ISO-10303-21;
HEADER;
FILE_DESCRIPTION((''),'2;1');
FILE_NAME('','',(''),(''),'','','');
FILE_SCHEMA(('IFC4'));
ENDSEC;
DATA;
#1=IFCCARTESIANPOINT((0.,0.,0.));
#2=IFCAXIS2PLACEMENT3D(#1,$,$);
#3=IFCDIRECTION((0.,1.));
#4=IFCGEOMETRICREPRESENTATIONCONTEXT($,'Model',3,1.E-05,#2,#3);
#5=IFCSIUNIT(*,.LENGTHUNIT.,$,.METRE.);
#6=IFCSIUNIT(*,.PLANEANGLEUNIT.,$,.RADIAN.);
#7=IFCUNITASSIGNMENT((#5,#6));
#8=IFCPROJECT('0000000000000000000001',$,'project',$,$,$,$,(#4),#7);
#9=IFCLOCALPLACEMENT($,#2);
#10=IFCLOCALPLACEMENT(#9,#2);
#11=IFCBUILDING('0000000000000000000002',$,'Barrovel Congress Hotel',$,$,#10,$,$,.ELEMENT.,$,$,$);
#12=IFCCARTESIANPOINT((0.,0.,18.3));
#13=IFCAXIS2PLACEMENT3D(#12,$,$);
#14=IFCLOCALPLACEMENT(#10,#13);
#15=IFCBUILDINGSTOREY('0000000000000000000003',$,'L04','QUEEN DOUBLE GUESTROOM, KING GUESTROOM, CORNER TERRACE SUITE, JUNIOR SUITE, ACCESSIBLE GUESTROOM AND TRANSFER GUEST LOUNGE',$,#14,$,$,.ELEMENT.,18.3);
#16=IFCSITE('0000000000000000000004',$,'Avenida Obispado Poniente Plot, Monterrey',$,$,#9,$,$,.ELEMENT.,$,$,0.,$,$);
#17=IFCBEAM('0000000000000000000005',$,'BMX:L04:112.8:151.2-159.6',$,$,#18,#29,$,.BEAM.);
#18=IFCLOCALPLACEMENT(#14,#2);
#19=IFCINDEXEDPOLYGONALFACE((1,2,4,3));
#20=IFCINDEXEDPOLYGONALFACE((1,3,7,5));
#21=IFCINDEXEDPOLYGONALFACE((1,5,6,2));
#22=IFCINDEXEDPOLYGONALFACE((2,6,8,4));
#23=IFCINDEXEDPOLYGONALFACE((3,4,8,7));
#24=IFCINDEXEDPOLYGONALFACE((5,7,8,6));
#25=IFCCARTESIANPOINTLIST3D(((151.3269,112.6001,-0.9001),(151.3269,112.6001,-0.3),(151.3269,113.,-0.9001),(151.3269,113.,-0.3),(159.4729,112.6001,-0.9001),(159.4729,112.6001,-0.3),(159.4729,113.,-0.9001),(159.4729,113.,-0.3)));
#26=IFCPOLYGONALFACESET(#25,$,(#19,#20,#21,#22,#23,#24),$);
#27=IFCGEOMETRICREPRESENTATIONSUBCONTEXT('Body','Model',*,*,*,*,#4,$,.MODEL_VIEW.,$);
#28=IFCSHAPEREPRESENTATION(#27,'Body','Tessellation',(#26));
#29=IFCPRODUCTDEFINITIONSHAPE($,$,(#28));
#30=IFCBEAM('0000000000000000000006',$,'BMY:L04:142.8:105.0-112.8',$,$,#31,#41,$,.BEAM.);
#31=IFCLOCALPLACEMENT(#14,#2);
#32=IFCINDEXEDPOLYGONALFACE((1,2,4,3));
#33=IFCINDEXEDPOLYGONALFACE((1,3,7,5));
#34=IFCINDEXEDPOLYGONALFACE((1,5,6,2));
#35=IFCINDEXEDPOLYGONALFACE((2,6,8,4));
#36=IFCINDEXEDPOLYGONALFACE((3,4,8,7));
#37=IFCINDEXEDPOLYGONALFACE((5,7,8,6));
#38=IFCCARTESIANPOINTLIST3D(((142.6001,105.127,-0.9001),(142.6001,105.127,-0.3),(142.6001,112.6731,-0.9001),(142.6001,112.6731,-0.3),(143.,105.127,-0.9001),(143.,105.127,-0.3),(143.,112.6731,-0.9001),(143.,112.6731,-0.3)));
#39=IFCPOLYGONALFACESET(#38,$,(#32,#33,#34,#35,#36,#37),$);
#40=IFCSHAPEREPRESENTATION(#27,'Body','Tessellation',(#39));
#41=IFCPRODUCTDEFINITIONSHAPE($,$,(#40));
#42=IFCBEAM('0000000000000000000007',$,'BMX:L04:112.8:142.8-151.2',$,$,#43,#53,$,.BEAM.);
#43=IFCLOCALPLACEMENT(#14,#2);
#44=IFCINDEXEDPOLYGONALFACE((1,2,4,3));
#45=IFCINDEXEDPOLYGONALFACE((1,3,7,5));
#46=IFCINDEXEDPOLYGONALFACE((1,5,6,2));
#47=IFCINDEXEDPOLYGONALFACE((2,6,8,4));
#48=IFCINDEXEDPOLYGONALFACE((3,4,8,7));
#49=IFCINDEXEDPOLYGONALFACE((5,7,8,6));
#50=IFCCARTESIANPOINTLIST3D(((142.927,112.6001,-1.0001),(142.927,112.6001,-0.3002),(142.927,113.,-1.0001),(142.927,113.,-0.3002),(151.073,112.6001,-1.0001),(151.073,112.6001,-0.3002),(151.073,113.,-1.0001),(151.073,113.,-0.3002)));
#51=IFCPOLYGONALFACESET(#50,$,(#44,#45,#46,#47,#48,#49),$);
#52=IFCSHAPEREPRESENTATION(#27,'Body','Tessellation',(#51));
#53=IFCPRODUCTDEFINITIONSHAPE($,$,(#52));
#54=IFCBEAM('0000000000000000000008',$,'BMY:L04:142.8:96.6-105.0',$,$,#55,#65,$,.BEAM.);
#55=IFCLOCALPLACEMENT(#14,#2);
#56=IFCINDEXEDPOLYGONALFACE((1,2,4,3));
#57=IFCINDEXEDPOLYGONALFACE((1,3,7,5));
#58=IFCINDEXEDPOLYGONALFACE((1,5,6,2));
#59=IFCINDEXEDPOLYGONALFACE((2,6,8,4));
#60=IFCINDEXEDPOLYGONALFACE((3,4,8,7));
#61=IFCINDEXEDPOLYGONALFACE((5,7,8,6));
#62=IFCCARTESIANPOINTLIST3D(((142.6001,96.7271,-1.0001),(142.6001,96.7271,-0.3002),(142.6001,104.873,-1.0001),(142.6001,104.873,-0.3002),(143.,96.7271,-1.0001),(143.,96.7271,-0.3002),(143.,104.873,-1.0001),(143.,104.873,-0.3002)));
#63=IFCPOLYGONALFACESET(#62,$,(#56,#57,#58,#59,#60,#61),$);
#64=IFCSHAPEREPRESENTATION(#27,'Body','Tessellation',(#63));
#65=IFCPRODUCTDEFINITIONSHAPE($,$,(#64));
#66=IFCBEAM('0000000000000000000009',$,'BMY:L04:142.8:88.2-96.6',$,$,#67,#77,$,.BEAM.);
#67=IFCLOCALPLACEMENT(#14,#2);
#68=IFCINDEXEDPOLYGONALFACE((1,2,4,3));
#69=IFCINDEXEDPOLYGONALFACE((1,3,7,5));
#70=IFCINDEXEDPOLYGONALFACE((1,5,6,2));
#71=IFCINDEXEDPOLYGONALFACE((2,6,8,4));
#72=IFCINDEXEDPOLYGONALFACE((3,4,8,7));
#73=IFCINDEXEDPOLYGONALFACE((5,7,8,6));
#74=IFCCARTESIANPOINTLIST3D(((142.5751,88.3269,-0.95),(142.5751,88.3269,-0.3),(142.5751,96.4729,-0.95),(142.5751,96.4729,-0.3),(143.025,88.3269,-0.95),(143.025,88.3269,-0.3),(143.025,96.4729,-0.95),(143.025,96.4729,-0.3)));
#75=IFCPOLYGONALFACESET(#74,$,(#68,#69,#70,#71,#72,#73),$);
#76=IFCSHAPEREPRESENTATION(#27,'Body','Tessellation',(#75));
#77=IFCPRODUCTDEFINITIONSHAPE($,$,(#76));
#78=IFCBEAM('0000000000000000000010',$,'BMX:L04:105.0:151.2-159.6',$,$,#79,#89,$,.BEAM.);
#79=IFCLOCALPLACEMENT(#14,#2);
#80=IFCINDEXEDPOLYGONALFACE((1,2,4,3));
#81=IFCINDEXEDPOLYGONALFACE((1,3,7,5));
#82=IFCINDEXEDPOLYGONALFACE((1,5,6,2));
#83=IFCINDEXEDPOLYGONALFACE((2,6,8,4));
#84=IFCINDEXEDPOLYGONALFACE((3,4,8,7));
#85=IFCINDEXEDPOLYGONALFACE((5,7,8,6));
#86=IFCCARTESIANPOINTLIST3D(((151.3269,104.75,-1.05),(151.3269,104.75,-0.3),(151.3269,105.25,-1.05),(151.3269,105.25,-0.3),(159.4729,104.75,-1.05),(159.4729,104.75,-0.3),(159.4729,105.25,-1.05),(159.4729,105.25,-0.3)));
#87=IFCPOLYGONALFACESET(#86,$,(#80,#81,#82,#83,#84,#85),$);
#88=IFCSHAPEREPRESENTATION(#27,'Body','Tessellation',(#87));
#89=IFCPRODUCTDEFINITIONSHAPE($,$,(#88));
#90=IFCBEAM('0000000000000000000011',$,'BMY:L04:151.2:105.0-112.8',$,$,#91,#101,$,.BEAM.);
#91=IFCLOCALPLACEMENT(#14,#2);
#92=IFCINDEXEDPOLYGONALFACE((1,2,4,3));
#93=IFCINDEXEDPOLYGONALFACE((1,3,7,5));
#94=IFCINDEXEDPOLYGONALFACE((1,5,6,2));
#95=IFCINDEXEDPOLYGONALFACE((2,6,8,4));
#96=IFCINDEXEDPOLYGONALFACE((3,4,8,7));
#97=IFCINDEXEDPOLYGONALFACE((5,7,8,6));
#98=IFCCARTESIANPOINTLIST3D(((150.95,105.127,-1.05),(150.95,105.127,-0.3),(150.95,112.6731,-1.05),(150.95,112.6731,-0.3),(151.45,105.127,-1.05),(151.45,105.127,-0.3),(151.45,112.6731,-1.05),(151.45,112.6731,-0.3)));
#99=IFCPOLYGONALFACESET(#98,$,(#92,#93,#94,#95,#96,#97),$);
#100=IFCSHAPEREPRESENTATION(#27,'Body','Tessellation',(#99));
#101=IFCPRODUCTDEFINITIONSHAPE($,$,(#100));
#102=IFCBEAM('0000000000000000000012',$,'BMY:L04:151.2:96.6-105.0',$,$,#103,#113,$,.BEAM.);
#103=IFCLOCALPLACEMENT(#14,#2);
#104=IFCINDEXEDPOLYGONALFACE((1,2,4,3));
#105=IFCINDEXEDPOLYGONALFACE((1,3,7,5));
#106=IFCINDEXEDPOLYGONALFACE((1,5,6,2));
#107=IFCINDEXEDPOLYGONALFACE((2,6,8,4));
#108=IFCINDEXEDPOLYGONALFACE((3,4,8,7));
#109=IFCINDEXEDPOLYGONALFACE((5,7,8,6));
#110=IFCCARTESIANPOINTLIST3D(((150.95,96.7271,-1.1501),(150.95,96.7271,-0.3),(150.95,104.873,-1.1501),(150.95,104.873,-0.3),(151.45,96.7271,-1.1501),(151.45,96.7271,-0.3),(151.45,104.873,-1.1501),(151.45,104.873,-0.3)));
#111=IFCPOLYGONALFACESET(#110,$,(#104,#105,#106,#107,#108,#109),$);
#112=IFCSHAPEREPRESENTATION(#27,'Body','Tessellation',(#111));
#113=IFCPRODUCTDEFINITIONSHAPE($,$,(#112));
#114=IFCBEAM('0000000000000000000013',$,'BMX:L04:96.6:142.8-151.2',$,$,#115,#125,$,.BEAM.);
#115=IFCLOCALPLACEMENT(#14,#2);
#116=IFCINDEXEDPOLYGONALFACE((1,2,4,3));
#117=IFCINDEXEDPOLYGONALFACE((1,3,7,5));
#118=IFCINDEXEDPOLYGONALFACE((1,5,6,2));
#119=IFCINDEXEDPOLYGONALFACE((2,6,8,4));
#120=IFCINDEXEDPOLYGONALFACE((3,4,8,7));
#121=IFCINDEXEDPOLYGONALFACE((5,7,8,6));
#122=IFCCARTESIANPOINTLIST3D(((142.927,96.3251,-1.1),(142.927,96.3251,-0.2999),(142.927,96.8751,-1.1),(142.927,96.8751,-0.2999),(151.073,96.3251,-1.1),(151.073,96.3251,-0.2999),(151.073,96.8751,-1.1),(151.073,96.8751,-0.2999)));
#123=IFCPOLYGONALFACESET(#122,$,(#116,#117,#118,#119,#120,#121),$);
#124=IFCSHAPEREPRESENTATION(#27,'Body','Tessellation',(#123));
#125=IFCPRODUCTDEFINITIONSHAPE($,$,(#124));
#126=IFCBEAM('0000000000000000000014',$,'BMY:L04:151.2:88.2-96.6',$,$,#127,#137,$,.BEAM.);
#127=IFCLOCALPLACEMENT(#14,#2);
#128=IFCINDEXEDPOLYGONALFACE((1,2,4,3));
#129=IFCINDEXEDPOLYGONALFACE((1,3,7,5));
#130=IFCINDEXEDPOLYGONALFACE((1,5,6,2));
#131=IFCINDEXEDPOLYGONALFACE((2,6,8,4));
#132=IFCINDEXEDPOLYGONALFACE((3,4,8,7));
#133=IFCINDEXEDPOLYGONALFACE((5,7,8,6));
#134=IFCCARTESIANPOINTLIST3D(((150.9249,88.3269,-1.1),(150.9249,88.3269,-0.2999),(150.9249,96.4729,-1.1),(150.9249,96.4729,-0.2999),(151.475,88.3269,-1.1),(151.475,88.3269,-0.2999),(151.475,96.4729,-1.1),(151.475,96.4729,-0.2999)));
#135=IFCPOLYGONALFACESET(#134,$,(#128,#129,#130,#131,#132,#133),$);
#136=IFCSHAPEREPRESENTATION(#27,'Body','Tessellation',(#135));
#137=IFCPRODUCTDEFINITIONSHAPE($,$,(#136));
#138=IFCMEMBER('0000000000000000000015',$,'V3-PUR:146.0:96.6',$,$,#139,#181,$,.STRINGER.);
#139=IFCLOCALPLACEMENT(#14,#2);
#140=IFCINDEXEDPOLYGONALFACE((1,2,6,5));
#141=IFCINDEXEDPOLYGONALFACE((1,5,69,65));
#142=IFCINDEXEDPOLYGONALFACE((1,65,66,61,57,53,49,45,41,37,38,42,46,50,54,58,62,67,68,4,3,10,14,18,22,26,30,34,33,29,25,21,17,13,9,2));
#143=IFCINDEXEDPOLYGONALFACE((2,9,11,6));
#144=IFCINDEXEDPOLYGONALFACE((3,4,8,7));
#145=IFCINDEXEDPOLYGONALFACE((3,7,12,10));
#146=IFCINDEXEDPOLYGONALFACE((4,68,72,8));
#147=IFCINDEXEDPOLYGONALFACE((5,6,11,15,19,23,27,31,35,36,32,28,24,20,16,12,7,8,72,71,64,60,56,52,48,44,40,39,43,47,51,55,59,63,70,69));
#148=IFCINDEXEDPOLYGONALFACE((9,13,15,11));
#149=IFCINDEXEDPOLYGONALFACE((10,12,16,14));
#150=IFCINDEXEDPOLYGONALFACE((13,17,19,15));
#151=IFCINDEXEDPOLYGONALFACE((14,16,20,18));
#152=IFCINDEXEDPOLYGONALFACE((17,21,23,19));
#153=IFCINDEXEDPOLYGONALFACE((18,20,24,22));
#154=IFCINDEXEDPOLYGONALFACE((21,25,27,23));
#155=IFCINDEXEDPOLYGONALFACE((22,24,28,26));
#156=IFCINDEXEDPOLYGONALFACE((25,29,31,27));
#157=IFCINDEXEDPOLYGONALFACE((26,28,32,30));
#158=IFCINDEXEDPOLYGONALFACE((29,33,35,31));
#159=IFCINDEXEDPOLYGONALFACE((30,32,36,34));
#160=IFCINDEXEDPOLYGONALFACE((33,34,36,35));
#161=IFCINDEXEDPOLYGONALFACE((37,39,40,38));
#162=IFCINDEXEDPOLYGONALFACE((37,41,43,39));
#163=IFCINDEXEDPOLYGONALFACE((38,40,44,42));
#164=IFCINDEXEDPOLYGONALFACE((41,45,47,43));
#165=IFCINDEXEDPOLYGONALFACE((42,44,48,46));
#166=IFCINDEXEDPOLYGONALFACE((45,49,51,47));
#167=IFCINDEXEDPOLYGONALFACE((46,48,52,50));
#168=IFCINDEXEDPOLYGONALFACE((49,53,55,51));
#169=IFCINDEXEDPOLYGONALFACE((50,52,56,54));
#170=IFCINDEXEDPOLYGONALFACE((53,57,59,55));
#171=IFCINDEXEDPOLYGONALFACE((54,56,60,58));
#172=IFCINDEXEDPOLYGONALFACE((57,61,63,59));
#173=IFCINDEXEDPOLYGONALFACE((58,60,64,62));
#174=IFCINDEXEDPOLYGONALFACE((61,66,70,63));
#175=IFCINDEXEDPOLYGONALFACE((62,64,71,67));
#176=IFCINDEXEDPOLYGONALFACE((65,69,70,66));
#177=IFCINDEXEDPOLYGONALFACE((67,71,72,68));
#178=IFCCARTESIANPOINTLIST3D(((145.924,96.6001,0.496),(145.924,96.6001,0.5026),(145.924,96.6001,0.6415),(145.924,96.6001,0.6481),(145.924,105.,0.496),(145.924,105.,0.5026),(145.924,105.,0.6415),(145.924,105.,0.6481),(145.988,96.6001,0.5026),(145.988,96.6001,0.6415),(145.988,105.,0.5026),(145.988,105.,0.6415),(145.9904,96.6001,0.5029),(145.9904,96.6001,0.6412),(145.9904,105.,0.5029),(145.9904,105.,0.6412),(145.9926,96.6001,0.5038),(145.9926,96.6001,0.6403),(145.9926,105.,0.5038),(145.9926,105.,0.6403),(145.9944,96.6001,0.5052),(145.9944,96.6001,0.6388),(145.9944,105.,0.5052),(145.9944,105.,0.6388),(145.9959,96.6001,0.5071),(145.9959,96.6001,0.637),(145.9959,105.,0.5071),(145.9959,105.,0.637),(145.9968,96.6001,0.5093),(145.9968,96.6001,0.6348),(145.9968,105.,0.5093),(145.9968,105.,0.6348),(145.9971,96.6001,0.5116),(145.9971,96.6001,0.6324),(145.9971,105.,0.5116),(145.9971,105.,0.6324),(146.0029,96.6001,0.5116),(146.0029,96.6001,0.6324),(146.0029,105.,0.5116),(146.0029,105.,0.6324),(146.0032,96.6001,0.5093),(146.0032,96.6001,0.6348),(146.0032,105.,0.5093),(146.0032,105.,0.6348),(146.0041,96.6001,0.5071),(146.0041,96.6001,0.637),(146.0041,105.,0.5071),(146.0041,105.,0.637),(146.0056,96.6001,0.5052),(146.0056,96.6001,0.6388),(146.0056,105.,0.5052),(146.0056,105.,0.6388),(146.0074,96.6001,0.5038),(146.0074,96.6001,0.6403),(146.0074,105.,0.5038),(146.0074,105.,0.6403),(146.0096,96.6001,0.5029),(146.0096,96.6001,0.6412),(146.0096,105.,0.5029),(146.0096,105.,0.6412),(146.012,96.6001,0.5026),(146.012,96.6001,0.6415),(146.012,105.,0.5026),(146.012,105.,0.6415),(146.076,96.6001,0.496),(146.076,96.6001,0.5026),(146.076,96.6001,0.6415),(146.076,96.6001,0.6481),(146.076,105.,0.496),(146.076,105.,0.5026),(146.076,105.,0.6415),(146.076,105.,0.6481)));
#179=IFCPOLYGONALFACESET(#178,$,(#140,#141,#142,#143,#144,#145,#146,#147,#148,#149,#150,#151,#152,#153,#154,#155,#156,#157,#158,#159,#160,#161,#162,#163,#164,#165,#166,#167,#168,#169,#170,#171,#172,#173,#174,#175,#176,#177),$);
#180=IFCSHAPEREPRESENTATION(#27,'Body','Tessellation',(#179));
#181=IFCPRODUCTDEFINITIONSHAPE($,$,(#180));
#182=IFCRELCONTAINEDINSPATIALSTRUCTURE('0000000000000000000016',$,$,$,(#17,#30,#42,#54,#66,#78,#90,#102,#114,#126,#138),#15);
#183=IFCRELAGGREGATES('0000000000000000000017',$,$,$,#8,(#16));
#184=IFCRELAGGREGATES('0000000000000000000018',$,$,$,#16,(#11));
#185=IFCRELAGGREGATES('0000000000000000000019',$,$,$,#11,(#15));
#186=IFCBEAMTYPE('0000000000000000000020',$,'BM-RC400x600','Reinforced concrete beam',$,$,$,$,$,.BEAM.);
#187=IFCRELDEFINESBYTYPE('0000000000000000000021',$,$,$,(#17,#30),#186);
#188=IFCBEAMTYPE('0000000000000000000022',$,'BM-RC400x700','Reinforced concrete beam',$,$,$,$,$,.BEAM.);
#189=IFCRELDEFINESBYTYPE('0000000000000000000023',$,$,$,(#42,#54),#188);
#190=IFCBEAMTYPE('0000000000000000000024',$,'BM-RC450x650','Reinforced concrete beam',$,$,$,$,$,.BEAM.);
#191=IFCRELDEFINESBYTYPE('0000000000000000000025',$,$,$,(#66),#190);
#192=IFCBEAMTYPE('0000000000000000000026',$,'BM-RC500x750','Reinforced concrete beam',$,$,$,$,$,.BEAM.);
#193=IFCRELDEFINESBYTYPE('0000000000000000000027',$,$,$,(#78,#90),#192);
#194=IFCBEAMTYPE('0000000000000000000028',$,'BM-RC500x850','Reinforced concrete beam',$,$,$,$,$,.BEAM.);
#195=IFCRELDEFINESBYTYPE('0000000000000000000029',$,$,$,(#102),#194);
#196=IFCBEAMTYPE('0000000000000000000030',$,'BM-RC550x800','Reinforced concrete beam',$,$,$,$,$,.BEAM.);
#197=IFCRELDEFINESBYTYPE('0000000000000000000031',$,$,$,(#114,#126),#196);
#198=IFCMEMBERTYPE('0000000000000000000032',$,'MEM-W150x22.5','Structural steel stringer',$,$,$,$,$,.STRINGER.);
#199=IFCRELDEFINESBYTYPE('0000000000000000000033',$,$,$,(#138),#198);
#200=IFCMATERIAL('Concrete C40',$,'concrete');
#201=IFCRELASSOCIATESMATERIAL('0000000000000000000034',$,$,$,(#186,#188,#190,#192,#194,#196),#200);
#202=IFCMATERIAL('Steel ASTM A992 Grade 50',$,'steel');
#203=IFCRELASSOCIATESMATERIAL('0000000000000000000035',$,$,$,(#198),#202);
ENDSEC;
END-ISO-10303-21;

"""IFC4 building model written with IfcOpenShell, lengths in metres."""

from ifc_helpers import new_model, si_unit, direction, frame, origin, origin_2d, place, context, subcontext, project, spatial, rectangle, i_section, extrude, material, material_profile, profile_set, type_object, element, save


model = new_model("IFC4")

# Units and contexts
model_context = context("Model", 3, precision=1e-05, world=origin(), true_north=direction((0.0, 1.0)))
body_context = subcontext(model_context, "Body", "Model", "MODEL_VIEW")
ifc_project = project(units=[si_unit("LENGTHUNIT", "METRE"), si_unit("PLANEANGLEUNIT", "RADIAN")], contexts=[model_context])

# Site, building, storey
site_placement = place(None, origin())
site = spatial("IfcSite", under=ifc_project, at=site_placement, Name="Avenida Obispado Poniente Plot, Monterrey", CompositionType="ELEMENT", RefElevation=0.0)
building_placement = place(site_placement, origin())
building = spatial("IfcBuilding", under=site, at=building_placement, Name="Barrovel Congress Hotel", CompositionType="ELEMENT")
storey_placement = place(building_placement, frame((0.0, 0.0, 18.3)))
storey = spatial("IfcBuildingStorey", under=building, at=storey_placement, Name="L04", Description="QUEEN DOUBLE GUESTROOM, KING GUESTROOM, CORNER TERRACE SUITE, JUNIOR SUITE, ACCESSIBLE GUESTROOM AND TRANSFER GUEST LOUNGE", CompositionType="ELEMENT", Elevation=18.3)

# Beams
ifc_material_1 = material(Name="Concrete C40", Category="concrete")
ifc_material_profile_1 = material_profile(ifc_material_1, rectangle(XDim=0.3999, YDim=0.6001, at=origin_2d()), Name="RC400x600")
ifc_profile_set_1 = profile_set([ifc_material_profile_1], Name="Concrete C40")
beam_type_1 = type_object("IfcBeamType", Name="BM-RC400x600", Description="Reinforced concrete beam", PredefinedType="BEAM", material=ifc_profile_set_1)
beam_1_placement = place(storey_placement, frame((151.3269, 112.8, -0.6001), z_axis=(1.0, 0.0, 0.0), x_axis=(0.0, 1.0, 0.0)))
element("IfcBeam", 1, at=beam_1_placement, inside=storey, type_object=beam_type_1, Name="BMX:L04:112.8:151.2-159.6", PredefinedType="BEAM", context=body_context, shape_type="SweptSolid", body=[
    extrude(rectangle(XDim=0.3999, YDim=0.6001, at=origin_2d()), origin(), (0.0, 0.0, 1.0), 8.146),
])
beam_2_placement = place(storey_placement, frame((142.8, 105.127, -0.6001), z_axis=(0.0, 1.0, 0.0), x_axis=(-1.0, 0.0, 0.0)))
element("IfcBeam", 2, at=beam_2_placement, inside=storey, type_object=beam_type_1, Name="BMY:L04:142.8:105.0-112.8", PredefinedType="BEAM", context=body_context, shape_type="SweptSolid", body=[
    extrude(rectangle(XDim=0.3999, YDim=0.6001, at=origin_2d()), origin(), (0.0, 0.0, 1.0), 7.5461),
])
ifc_material_profile_2 = material_profile(ifc_material_1, rectangle(XDim=0.3999, YDim=0.7, at=origin_2d()), Name="RC400x700")
ifc_profile_set_2 = profile_set([ifc_material_profile_2], Name="Concrete C40")
beam_type_2 = type_object("IfcBeamType", Name="BM-RC400x700", Description="Reinforced concrete beam", PredefinedType="BEAM", material=ifc_profile_set_2)
for number, where, z_axis, x_axis, name in (
    (3, (142.927, 112.8, -0.6501), (1.0, 0.0, 0.0), (0.0, 1.0, 0.0), "BMX:L04:112.8:142.8-151.2"),
    (4, (142.8, 96.7271, -0.6501), (0.0, 1.0, 0.0), (-1.0, 0.0, 0.0), "BMY:L04:142.8:96.6-105.0"),
):
    element("IfcBeam", number, at=place(storey_placement, frame(where, z_axis=z_axis, x_axis=x_axis)), inside=storey, type_object=beam_type_2, Name=name, PredefinedType="BEAM", context=body_context, shape_type="SweptSolid", body=[
        extrude(rectangle(XDim=0.3999, YDim=0.7, at=origin_2d()), origin(), (0.0, 0.0, 1.0), 8.146),
    ])
ifc_material_profile_3 = material_profile(ifc_material_1, rectangle(XDim=0.45, YDim=0.6499, at=origin_2d()), Name="RC450x650")
ifc_profile_set_3 = profile_set([ifc_material_profile_3], Name="Concrete C40")
beam_type_3 = type_object("IfcBeamType", Name="BM-RC450x650", Description="Reinforced concrete beam", PredefinedType="BEAM", material=ifc_profile_set_3)
beam_3_placement = place(storey_placement, frame((142.8, 88.3269, -0.625), z_axis=(0.0, 1.0, 0.0), x_axis=(-1.0, 0.0, 0.0)))
element("IfcBeam", 5, at=beam_3_placement, inside=storey, type_object=beam_type_3, Name="BMY:L04:142.8:88.2-96.6", PredefinedType="BEAM", context=body_context, shape_type="SweptSolid", body=[
    extrude(rectangle(XDim=0.45, YDim=0.6499, at=origin_2d()), origin(), (0.0, 0.0, 1.0), 8.146),
])
ifc_material_profile_4 = material_profile(ifc_material_1, rectangle(XDim=0.5, YDim=0.75, at=origin_2d()), Name="RC500x750")
ifc_profile_set_4 = profile_set([ifc_material_profile_4], Name="Concrete C40")
beam_type_4 = type_object("IfcBeamType", Name="BM-RC500x750", Description="Reinforced concrete beam", PredefinedType="BEAM", material=ifc_profile_set_4)
beam_4_placement = place(storey_placement, frame((151.3269, 105.0, -0.675), z_axis=(1.0, 0.0, 0.0), x_axis=(0.0, 1.0, 0.0)))
element("IfcBeam", 6, at=beam_4_placement, inside=storey, type_object=beam_type_4, Name="BMX:L04:105.0:151.2-159.6", PredefinedType="BEAM", context=body_context, shape_type="SweptSolid", body=[
    extrude(rectangle(XDim=0.5, YDim=0.75, at=origin_2d()), origin(), (0.0, 0.0, 1.0), 8.146),
])
beam_5_placement = place(storey_placement, frame((151.2, 105.127, -0.675), z_axis=(0.0, 1.0, 0.0), x_axis=(-1.0, 0.0, 0.0)))
element("IfcBeam", 7, at=beam_5_placement, inside=storey, type_object=beam_type_4, Name="BMY:L04:151.2:105.0-112.8", PredefinedType="BEAM", context=body_context, shape_type="SweptSolid", body=[
    extrude(rectangle(XDim=0.5, YDim=0.75, at=origin_2d()), origin(), (0.0, 0.0, 1.0), 7.5461),
])
ifc_material_profile_5 = material_profile(ifc_material_1, rectangle(XDim=0.5, YDim=0.8501, at=origin_2d()), Name="RC500x850")
ifc_profile_set_5 = profile_set([ifc_material_profile_5], Name="Concrete C40")
beam_type_5 = type_object("IfcBeamType", Name="BM-RC500x850", Description="Reinforced concrete beam", PredefinedType="BEAM", material=ifc_profile_set_5)
beam_6_placement = place(storey_placement, frame((151.2, 96.7271, -0.7251), z_axis=(0.0, 1.0, 0.0), x_axis=(-1.0, 0.0, 0.0)))
element("IfcBeam", 8, at=beam_6_placement, inside=storey, type_object=beam_type_5, Name="BMY:L04:151.2:96.6-105.0", PredefinedType="BEAM", context=body_context, shape_type="SweptSolid", body=[
    extrude(rectangle(XDim=0.5, YDim=0.8501, at=origin_2d()), origin(), (0.0, 0.0, 1.0), 8.146),
])
ifc_material_profile_6 = material_profile(ifc_material_1, rectangle(XDim=0.55, YDim=0.8, at=origin_2d()), Name="RC550x800")
ifc_profile_set_6 = profile_set([ifc_material_profile_6], Name="Concrete C40")
beam_type_6 = type_object("IfcBeamType", Name="BM-RC550x800", Description="Reinforced concrete beam", PredefinedType="BEAM", material=ifc_profile_set_6)
for number, where, z_axis, x_axis, name in (
    (9, (142.927, 96.6001, -0.7), (1.0, 0.0, 0.0), (0.0, 1.0, 0.0), "BMX:L04:96.6:142.8-151.2"),
    (10, (151.2, 88.3269, -0.7), (0.0, 1.0, 0.0), (-1.0, 0.0, 0.0), "BMY:L04:151.2:88.2-96.6"),
):
    element("IfcBeam", number, at=place(storey_placement, frame(where, z_axis=z_axis, x_axis=x_axis)), inside=storey, type_object=beam_type_6, Name=name, PredefinedType="BEAM", context=body_context, shape_type="SweptSolid", body=[
        extrude(rectangle(XDim=0.55, YDim=0.8, at=origin_2d()), origin(), (0.0, 0.0, 1.0), 8.146),
    ])

# Member
ifc_material_2 = material(Name="Steel ASTM A992 Grade 50", Category="steel")
ifc_material_profile_7 = material_profile(ifc_material_2, i_section(OverallWidth=0.1521, OverallDepth=0.1521, WebThickness=0.0059, FlangeThickness=0.0066, FilletRadius=0.009, at=origin_2d()), Name="W150x22.5")
ifc_profile_set_7 = profile_set([ifc_material_profile_7], Name="Steel ASTM A992 Grade 50")
member_type_1 = type_object("IfcMemberType", Name="MEM-W150x22.5", Description="Structural steel stringer", PredefinedType="STRINGER", material=ifc_profile_set_7)
member_1_placement = place(storey_placement, frame((146.0, 96.6001, 0.572), z_axis=(0.0, 1.0, 0.0), x_axis=(-1.0, 0.0, 0.0)))
element("IfcMember", 11, at=member_1_placement, inside=storey, type_object=member_type_1, Name="V3-PUR:146.0:96.6", PredefinedType="STRINGER", context=body_context, shape_type="SweptSolid", body=[
    extrude(i_section(OverallWidth=0.1521, OverallDepth=0.1521, WebThickness=0.0059, FlangeThickness=0.0066, FilletRadius=0.009, at=origin_2d()), origin(), (0.0, 0.0, 1.0), 8.3999),
])

save(model, "model.ifc")
